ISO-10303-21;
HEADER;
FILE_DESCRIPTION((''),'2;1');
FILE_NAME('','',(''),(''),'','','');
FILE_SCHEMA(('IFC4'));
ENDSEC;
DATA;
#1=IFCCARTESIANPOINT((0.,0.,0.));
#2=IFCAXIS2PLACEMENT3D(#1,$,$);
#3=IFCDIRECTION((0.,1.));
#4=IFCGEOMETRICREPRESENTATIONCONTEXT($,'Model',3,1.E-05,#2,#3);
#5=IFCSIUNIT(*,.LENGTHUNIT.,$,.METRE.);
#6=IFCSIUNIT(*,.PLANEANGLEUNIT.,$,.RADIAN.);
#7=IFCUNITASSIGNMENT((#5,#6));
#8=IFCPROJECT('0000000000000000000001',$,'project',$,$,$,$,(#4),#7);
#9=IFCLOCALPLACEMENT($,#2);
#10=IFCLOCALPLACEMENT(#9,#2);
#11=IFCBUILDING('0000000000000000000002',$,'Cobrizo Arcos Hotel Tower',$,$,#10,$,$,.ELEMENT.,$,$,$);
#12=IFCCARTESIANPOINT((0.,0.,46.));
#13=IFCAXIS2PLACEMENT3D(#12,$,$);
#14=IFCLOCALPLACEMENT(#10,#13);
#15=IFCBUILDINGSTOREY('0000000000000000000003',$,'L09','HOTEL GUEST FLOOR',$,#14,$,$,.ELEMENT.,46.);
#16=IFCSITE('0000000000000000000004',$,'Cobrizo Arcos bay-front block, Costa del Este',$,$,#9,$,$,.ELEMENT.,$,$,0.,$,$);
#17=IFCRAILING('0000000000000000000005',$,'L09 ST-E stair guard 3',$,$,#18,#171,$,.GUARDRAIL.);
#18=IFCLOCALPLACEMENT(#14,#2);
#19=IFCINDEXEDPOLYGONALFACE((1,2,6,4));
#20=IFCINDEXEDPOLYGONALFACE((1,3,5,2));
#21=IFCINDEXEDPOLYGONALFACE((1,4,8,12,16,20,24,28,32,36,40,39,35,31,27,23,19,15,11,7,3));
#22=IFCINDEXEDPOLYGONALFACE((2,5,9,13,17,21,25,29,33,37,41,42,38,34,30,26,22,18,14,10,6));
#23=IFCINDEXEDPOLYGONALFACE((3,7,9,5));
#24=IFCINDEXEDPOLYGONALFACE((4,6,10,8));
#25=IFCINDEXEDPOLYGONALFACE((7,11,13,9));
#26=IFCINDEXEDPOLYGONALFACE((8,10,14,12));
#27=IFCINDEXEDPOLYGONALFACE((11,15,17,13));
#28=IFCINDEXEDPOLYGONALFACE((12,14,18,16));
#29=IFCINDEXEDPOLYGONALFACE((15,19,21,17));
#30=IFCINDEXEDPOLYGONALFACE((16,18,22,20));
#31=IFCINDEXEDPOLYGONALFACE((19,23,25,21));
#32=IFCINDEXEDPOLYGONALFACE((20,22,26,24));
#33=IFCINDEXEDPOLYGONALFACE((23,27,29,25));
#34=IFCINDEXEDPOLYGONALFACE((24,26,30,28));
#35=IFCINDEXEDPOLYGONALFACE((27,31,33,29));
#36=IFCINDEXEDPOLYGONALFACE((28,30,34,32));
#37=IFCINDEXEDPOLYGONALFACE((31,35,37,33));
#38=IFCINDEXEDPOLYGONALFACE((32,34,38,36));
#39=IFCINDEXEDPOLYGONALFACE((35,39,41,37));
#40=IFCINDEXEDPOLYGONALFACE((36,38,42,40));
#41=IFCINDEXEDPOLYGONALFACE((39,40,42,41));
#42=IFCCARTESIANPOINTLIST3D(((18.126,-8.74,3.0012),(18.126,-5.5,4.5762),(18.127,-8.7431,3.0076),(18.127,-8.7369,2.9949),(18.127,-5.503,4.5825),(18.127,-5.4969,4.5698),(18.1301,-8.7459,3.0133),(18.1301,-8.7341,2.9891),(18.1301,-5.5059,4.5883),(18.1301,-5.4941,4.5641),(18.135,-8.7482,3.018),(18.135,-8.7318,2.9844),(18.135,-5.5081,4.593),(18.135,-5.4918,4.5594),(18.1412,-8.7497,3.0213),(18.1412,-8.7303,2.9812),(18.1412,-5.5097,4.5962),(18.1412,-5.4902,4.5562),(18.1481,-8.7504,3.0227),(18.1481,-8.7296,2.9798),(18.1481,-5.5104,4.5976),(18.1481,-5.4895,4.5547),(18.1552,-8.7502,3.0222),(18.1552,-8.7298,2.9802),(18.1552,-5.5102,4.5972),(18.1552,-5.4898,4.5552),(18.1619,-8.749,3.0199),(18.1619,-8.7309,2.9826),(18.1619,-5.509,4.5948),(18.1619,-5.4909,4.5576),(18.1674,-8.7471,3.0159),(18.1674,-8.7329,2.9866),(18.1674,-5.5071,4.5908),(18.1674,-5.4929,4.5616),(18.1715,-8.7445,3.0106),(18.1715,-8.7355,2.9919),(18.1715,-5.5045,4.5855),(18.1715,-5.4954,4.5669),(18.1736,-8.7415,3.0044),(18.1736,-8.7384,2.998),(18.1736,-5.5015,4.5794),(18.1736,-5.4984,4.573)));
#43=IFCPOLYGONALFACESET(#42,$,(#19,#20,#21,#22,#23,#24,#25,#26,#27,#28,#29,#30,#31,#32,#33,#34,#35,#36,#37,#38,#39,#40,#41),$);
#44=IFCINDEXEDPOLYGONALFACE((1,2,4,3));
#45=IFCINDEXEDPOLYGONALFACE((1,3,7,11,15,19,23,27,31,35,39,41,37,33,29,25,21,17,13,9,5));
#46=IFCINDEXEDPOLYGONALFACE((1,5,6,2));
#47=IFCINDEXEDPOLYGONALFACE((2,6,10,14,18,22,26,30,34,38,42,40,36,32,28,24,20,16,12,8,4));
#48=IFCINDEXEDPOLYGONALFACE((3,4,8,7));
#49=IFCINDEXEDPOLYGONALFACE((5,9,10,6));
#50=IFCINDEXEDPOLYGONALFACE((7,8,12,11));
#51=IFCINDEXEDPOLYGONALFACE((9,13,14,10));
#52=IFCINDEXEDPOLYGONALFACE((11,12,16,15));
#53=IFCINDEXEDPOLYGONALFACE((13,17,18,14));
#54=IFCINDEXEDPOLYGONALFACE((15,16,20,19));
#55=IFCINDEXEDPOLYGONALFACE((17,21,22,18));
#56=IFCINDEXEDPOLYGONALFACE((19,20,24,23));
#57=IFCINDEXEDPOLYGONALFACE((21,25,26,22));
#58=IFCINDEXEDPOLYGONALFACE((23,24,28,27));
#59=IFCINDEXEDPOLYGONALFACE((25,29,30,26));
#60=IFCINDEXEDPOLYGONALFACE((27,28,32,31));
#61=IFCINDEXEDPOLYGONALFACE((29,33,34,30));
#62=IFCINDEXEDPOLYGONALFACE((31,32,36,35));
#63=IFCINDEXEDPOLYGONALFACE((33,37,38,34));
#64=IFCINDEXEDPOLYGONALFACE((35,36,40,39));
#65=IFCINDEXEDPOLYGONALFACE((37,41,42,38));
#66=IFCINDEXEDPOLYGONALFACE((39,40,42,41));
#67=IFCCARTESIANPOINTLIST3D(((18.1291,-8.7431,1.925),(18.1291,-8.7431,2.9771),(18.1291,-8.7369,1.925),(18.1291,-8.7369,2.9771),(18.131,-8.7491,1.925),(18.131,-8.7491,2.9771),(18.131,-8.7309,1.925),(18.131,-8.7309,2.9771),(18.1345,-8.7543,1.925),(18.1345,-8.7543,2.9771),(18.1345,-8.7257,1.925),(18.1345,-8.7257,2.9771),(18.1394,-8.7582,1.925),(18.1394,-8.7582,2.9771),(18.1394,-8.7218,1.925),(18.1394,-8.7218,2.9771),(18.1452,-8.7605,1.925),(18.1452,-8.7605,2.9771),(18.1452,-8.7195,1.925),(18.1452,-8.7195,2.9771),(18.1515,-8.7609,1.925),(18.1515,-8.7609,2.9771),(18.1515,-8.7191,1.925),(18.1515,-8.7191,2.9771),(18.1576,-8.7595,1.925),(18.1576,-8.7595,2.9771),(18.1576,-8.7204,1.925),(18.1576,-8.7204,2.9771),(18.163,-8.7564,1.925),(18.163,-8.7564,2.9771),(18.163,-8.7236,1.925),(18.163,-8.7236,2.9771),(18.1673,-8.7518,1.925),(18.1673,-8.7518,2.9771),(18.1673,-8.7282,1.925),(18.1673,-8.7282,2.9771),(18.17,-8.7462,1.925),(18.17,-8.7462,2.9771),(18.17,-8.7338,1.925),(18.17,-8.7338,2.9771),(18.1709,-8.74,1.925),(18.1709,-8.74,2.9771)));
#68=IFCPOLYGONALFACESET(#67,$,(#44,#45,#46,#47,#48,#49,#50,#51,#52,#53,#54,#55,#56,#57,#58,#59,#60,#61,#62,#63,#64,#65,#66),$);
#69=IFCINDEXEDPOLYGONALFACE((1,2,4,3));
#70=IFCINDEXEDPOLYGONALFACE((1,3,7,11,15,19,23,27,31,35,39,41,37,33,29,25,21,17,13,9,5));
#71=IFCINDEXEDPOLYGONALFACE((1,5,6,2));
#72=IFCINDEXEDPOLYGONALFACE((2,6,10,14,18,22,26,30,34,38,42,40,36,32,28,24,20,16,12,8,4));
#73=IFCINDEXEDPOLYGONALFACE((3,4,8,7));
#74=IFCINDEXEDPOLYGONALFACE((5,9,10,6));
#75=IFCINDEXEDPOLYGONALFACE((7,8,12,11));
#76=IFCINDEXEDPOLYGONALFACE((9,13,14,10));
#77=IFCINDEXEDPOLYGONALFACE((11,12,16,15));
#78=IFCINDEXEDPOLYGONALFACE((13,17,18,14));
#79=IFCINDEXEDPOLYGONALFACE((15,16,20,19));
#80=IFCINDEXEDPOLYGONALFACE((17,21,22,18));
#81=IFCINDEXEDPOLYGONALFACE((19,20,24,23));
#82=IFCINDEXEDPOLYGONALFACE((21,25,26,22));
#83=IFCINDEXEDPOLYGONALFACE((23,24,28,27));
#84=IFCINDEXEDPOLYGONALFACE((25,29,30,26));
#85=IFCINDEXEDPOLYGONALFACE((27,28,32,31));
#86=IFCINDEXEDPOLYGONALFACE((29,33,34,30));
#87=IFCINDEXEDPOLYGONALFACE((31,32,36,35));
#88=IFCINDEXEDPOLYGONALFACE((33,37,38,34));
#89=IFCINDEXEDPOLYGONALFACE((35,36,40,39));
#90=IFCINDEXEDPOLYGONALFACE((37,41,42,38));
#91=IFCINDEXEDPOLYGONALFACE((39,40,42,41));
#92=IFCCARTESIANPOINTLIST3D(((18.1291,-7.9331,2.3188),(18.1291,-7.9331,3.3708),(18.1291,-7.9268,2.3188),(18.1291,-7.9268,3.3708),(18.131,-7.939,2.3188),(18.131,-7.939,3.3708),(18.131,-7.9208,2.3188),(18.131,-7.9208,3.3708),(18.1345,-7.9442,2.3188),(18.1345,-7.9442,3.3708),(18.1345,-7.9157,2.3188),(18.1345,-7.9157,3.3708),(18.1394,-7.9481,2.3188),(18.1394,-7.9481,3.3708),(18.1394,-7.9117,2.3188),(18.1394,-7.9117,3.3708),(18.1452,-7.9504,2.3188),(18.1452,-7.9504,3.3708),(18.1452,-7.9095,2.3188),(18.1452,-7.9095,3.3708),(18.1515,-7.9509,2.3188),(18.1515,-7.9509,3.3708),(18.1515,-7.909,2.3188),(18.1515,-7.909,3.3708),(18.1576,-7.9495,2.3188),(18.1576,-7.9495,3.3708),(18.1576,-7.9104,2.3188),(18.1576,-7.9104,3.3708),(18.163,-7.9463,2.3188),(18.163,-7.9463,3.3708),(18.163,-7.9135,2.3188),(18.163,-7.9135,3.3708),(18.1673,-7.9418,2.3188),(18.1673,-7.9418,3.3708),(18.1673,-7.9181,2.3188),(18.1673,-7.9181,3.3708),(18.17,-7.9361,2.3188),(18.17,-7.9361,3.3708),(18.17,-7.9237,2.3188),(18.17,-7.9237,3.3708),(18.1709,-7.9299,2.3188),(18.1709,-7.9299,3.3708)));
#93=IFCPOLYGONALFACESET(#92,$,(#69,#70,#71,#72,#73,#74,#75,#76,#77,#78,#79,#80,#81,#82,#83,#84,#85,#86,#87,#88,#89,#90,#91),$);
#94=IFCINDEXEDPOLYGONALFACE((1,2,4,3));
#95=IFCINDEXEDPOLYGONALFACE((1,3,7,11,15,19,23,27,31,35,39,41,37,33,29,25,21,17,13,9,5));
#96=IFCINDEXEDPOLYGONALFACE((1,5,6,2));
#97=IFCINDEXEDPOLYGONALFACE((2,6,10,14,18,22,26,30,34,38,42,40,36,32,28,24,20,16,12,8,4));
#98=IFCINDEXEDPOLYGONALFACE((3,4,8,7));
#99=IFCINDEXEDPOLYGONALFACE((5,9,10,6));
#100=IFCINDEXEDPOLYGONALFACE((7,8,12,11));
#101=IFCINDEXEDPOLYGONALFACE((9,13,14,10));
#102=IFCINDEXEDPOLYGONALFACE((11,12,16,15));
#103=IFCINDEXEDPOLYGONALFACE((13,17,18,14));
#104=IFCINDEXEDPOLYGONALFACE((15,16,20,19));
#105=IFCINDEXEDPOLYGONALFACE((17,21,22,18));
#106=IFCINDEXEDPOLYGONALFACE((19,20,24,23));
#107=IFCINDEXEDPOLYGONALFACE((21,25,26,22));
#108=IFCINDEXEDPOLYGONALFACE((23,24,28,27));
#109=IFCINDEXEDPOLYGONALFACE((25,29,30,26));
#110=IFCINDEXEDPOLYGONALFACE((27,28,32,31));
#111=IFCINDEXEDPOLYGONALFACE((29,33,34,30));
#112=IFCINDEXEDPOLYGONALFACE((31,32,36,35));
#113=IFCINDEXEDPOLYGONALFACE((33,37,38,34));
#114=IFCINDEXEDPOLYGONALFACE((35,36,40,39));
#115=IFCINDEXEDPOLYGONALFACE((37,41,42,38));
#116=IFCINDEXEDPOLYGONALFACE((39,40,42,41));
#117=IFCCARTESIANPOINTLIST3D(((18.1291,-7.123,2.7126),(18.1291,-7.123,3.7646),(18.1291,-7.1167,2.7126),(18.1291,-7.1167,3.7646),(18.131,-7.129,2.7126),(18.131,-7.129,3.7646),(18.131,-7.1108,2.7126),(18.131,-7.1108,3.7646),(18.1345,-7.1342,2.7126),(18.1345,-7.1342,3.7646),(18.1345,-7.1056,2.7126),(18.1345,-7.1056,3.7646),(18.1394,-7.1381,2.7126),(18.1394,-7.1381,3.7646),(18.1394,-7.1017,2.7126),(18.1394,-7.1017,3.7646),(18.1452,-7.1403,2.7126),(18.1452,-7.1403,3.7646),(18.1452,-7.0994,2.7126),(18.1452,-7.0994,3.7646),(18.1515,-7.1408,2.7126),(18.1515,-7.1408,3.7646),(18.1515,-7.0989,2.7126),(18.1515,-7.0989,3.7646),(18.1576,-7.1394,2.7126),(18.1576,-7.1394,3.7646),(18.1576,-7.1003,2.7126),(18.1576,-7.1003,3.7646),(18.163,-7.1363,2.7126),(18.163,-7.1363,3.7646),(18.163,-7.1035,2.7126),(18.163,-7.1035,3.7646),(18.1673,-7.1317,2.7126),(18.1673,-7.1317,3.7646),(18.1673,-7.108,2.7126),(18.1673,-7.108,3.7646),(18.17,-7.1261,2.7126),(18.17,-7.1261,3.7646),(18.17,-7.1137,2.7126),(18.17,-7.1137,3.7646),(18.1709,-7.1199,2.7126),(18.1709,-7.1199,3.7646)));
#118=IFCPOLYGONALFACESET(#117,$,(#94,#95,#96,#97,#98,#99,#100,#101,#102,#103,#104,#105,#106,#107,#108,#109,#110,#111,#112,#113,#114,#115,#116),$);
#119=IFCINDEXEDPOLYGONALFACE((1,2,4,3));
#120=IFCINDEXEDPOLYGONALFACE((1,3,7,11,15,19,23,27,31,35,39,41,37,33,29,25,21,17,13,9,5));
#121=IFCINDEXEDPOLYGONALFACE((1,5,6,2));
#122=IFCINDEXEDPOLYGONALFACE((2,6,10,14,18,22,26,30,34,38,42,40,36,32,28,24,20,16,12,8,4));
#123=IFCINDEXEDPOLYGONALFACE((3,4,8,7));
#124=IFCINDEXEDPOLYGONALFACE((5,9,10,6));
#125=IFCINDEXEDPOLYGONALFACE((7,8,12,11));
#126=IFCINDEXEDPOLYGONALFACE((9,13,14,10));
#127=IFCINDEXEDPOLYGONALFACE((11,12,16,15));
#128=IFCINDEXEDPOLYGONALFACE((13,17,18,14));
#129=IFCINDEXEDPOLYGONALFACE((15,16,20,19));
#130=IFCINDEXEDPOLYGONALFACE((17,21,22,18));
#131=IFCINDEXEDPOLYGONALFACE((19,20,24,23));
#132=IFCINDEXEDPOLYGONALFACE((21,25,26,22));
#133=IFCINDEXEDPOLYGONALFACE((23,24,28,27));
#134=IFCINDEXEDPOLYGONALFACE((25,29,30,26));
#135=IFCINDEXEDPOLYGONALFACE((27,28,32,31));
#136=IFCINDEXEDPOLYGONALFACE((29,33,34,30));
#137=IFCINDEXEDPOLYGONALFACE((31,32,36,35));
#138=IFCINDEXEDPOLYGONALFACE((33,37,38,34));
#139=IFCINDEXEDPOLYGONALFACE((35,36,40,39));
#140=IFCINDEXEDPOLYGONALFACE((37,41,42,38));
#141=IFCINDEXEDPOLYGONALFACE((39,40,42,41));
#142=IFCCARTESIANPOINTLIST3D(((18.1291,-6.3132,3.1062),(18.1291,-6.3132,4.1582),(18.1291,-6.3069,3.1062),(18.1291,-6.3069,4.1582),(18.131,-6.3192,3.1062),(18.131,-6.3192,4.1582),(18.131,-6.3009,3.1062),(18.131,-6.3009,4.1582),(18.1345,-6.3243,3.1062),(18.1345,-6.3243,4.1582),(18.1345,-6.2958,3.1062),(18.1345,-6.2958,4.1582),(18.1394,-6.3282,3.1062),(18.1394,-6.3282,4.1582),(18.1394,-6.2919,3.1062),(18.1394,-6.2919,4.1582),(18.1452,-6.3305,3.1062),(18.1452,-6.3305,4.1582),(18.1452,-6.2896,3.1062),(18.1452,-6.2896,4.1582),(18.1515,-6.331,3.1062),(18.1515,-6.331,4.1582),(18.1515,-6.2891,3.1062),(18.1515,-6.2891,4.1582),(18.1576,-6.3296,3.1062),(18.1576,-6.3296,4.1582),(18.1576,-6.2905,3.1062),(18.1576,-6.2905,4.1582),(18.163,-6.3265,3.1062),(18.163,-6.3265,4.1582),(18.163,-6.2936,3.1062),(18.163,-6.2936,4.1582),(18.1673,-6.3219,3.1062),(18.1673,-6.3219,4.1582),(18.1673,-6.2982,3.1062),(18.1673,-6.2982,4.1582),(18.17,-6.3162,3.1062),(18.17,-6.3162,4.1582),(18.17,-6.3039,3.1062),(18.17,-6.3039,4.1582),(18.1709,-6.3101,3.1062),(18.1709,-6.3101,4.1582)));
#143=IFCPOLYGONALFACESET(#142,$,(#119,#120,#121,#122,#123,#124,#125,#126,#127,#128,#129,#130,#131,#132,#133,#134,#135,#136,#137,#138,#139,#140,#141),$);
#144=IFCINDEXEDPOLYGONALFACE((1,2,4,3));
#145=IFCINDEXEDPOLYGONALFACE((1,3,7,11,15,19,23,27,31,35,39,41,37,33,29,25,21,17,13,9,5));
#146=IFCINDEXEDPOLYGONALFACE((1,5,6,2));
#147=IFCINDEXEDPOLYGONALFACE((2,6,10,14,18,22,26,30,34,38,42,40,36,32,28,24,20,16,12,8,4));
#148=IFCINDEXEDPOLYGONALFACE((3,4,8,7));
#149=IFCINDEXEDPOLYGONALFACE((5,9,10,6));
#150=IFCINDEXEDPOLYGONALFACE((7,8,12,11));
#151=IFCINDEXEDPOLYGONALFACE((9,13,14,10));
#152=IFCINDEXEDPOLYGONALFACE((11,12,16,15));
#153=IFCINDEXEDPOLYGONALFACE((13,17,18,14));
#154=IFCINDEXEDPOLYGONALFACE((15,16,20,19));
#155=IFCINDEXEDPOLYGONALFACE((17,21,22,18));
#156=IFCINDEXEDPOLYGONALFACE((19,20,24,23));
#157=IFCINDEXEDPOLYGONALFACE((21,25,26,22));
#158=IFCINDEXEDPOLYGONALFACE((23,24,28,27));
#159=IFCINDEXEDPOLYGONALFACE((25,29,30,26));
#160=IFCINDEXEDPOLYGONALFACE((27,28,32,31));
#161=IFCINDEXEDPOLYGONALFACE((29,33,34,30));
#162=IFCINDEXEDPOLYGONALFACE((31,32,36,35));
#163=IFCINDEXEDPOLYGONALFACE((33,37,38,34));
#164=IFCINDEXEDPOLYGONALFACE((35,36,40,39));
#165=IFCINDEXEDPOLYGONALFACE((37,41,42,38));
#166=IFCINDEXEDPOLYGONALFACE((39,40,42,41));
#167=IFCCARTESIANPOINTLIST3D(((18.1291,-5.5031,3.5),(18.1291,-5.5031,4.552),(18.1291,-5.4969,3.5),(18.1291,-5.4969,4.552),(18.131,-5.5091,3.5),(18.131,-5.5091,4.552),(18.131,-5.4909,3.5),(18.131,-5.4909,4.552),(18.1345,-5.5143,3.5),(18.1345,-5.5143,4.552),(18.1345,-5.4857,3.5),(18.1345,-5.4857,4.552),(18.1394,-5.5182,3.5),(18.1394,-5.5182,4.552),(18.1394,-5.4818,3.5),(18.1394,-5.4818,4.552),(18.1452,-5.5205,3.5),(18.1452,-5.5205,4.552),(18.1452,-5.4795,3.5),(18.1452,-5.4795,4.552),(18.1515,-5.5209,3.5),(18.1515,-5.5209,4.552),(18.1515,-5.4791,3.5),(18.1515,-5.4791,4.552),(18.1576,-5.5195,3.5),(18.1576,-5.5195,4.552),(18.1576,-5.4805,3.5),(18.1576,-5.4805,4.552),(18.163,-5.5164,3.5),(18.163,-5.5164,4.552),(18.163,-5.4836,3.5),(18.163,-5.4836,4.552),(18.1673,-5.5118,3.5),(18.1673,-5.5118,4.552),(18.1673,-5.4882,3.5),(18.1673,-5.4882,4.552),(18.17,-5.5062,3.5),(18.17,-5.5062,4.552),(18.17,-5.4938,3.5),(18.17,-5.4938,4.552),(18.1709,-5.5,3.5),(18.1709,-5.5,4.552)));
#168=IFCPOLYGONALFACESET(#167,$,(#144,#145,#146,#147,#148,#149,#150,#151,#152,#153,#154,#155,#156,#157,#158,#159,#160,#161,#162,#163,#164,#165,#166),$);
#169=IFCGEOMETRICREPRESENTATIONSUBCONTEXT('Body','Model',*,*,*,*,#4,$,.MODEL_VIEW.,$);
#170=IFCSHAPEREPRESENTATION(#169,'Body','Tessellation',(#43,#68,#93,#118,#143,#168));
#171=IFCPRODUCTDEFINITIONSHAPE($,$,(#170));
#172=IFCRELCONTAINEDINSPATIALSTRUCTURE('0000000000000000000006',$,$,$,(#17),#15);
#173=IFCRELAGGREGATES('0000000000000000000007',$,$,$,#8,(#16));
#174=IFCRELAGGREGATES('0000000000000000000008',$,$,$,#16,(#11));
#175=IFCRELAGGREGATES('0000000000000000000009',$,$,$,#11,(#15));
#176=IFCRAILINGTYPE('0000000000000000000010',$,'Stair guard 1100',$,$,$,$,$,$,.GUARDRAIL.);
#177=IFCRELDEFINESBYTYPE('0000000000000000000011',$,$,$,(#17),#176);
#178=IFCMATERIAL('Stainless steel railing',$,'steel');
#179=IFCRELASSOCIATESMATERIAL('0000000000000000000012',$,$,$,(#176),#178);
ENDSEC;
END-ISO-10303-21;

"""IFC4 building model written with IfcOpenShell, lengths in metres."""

from ifc_helpers import new_model, si_unit, direction, frame, origin, origin_2d, place, context, subcontext, project, spatial, circle, extrude, material, type_object, element, save


model = new_model("IFC4")

# Units and contexts
model_context = context("Model", 3, precision=1e-05, world=origin(), true_north=direction((0.0, 1.0)))
body_context = subcontext(model_context, "Body", "Model", "MODEL_VIEW")
ifc_project = project(units=[si_unit("LENGTHUNIT", "METRE"), si_unit("PLANEANGLEUNIT", "RADIAN")], contexts=[model_context])

# Site, building, storey
site_placement = place(None, origin())
site = spatial("IfcSite", under=ifc_project, at=site_placement, Name="Cobrizo Arcos bay-front block, Costa del Este", CompositionType="ELEMENT", RefElevation=0.0)
building_placement = place(site_placement, origin())
building = spatial("IfcBuilding", under=site, at=building_placement, Name="Cobrizo Arcos Hotel Tower", CompositionType="ELEMENT")
storey_placement = place(building_placement, frame((0.0, 0.0, 46.0)))
storey = spatial("IfcBuildingStorey", under=building, at=storey_placement, Name="L09", Description="HOTEL GUEST FLOOR", CompositionType="ELEMENT", Elevation=46.0)

# Railing
ifc_material_1 = material(Name="Stainless steel railing", Category="steel")
railing_type_1 = type_object("IfcRailingType", Name="Stair guard 1100", PredefinedType="GUARDRAIL", material=ifc_material_1)
railing_1_placement = place(storey_placement, frame((18.1499, -8.74, 1.925)))
element("IfcRailing", 1, at=railing_1_placement, inside=storey, type_object=railing_type_1, Name="L09 ST-E stair guard 3", PredefinedType="GUARDRAIL", context=body_context, shape_type="SweptSolid", body=[
    extrude(circle(Radius=0.0239, at=origin_2d()), frame((0.0, 0.0, 1.0762), z_axis=(0.0, 0.899373, 0.437183), x_axis=(-1.0, 0.0, 0.0)), (0.0, 0.0, 1.0), 3.6025),
    extrude(circle(Radius=0.021, at=origin_2d()), origin(), (0.0, 0.0, 1.0), 1.052),
    extrude(circle(Radius=0.021, at=origin_2d()), frame((0.0, 0.8101, 0.3938)), (0.0, 0.0, 1.0), 1.052),
    extrude(circle(Radius=0.021, at=origin_2d()), frame((0.0, 1.6201, 0.7876)), (0.0, 0.0, 1.0), 1.052),
    extrude(circle(Radius=0.021, at=origin_2d()), frame((0.0, 2.4299, 1.1812)), (0.0, 0.0, 1.0), 1.052),
    extrude(circle(Radius=0.021, at=origin_2d()), frame((0.0, 3.24, 1.575)), (0.0, 0.0, 1.0), 1.052),
])

save(model, "model.ifc")
